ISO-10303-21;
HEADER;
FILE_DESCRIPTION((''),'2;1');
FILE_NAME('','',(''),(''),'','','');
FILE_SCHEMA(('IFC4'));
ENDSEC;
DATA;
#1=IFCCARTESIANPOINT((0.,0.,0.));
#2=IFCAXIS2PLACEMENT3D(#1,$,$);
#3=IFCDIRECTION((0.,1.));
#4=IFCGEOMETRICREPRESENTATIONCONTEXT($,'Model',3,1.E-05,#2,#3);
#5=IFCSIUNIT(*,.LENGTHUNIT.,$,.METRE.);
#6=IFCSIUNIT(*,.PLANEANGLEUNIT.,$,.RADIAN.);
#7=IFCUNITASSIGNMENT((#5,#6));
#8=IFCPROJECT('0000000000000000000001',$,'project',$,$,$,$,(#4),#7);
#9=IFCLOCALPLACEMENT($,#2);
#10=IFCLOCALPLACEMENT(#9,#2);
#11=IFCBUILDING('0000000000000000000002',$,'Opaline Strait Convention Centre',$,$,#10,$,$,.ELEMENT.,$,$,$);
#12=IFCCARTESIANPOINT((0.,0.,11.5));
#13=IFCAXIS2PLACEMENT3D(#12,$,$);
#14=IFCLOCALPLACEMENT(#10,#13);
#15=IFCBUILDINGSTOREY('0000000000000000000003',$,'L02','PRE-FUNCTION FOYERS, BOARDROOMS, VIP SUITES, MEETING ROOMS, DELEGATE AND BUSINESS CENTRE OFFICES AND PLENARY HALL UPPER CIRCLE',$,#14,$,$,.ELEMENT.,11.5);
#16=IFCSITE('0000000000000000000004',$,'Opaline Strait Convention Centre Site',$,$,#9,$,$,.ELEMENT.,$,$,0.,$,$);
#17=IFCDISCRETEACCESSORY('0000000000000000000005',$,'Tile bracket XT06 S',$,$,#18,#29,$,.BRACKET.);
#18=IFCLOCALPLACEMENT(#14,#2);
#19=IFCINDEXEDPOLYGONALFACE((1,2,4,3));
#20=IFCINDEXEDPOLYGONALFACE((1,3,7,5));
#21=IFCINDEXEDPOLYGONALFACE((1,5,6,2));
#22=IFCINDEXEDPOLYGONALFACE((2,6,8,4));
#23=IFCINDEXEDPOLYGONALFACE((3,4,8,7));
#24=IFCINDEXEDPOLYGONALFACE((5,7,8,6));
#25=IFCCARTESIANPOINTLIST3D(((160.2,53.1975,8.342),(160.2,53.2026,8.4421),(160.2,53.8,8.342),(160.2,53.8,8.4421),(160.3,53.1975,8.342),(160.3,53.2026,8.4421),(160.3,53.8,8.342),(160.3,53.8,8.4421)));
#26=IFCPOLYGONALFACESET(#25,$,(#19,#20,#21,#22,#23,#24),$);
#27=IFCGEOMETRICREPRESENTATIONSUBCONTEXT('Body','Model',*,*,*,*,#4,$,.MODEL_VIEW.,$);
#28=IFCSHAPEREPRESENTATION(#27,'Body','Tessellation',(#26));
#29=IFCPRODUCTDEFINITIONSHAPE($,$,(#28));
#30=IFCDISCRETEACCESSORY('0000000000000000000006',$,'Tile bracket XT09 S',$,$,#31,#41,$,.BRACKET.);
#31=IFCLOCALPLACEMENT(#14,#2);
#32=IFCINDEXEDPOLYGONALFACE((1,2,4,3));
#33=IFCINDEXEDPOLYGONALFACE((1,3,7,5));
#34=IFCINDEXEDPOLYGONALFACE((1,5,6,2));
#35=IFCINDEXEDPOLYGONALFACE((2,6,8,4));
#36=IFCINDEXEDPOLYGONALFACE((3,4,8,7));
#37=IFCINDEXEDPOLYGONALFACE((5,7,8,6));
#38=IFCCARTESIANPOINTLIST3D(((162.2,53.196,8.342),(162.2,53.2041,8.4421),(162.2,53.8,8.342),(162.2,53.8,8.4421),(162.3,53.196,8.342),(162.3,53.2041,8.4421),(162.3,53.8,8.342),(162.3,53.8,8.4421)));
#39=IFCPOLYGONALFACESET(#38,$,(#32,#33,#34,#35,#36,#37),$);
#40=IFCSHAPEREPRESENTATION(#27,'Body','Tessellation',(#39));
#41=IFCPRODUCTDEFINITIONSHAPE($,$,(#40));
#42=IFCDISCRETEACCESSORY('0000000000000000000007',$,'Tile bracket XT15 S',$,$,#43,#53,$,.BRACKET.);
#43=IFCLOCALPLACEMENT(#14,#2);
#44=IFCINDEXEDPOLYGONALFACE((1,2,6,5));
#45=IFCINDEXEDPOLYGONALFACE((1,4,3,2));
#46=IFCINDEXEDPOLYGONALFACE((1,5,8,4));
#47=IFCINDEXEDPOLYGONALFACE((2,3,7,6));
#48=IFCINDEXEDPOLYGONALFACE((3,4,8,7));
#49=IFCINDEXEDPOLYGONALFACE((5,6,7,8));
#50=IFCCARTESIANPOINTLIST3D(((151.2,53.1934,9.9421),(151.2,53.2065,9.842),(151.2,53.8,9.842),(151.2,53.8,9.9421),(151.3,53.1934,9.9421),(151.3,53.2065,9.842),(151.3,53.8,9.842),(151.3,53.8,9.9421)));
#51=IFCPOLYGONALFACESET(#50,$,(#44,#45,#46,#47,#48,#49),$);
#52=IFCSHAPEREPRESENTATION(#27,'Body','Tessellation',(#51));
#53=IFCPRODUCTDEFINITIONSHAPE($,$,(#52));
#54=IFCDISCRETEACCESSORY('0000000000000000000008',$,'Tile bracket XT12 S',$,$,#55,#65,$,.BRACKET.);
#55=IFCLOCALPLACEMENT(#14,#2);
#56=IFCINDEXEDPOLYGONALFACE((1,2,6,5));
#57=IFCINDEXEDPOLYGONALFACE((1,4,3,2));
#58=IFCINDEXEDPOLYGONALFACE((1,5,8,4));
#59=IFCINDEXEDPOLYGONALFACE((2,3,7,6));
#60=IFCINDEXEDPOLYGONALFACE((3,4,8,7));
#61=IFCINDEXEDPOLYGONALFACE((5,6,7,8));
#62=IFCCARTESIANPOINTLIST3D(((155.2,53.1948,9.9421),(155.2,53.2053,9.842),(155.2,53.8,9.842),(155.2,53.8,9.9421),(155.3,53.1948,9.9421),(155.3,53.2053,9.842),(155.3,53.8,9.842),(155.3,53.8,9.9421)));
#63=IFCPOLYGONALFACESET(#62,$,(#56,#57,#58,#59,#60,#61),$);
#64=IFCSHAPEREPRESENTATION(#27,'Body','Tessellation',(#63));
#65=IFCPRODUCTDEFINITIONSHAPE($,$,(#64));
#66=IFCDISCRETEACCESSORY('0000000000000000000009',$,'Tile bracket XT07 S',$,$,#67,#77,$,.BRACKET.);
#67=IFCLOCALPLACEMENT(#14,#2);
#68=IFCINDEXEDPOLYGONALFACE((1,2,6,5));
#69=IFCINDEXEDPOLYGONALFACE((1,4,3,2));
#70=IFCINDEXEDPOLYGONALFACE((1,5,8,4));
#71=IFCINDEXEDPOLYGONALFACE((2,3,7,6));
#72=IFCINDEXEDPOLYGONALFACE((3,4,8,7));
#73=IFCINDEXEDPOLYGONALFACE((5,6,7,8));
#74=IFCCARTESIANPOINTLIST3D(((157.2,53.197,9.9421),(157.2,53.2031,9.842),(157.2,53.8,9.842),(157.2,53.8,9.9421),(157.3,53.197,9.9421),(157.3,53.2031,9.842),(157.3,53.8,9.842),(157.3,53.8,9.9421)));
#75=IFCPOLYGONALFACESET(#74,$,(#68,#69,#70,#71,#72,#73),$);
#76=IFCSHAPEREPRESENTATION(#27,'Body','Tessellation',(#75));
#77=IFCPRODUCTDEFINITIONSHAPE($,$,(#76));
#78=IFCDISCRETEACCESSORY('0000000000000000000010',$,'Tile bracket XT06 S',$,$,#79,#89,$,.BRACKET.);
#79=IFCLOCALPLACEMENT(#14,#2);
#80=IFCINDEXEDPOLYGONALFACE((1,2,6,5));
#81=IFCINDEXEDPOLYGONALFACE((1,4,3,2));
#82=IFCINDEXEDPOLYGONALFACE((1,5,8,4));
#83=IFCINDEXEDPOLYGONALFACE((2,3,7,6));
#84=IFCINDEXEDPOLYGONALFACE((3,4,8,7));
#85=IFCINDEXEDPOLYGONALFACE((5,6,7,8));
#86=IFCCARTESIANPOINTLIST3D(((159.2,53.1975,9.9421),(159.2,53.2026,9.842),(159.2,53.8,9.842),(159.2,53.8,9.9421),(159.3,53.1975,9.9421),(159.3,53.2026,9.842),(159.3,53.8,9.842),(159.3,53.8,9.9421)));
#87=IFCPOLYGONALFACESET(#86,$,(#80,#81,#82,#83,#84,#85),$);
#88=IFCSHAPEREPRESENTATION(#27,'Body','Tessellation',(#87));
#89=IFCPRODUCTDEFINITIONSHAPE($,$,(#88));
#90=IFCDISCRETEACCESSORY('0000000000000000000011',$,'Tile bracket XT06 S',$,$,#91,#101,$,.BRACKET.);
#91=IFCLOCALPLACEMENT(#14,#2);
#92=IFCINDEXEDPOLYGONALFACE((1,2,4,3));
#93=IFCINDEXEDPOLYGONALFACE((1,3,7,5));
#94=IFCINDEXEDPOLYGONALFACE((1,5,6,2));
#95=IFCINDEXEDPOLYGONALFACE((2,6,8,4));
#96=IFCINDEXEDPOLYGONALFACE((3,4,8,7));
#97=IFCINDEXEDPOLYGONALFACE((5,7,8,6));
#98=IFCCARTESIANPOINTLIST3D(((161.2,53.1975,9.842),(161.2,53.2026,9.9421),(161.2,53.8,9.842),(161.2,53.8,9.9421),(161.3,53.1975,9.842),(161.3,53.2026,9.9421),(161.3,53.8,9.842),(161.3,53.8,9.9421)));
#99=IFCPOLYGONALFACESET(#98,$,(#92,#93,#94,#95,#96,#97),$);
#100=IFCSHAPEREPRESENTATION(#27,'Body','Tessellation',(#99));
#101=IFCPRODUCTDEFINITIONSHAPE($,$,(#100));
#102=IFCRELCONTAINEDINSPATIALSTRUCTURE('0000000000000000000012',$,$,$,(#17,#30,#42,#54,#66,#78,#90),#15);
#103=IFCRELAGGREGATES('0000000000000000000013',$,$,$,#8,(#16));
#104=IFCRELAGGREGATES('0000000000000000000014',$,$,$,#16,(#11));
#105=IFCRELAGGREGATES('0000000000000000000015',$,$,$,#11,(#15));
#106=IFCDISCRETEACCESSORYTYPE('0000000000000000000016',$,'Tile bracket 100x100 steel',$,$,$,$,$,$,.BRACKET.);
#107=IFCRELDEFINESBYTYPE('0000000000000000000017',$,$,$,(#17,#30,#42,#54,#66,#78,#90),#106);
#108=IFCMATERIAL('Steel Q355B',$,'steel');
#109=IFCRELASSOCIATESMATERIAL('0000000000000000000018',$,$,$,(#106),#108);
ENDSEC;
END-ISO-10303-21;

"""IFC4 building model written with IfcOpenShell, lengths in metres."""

from ifc_helpers import new_model, si_unit, direction, frame, origin, place, context, subcontext, project, spatial, polyline, outline, extrude, material, type_object, element, save


model = new_model("IFC4")

# Units and contexts
model_context = context("Model", 3, precision=1e-05, world=origin(), true_north=direction((0.0, 1.0)))
body_context = subcontext(model_context, "Body", "Model", "MODEL_VIEW")
ifc_project = project(units=[si_unit("LENGTHUNIT", "METRE"), si_unit("PLANEANGLEUNIT", "RADIAN")], contexts=[model_context])

# Site, building, storey
site_placement = place(None, origin())
site = spatial("IfcSite", under=ifc_project, at=site_placement, Name="Opaline Strait Convention Centre Site", CompositionType="ELEMENT", RefElevation=0.0)
building_placement = place(site_placement, origin())
building = spatial("IfcBuilding", under=site, at=building_placement, Name="Opaline Strait Convention Centre", CompositionType="ELEMENT")
storey_placement = place(building_placement, frame((0.0, 0.0, 11.5)))
storey = spatial("IfcBuildingStorey", under=building, at=storey_placement, Name="L02", Description="PRE-FUNCTION FOYERS, BOARDROOMS, VIP SUITES, MEETING ROOMS, DELEGATE AND BUSINESS CENTRE OFFICES AND PLENARY HALL UPPER CIRCLE", CompositionType="ELEMENT", Elevation=11.5)

# Shared definitions
ifc_material_1 = material(Name="Steel Q355B", Category="steel")

# Discrete accessories
discrete_accessory_type = type_object("IfcDiscreteAccessoryType", Name="Tile bracket 100x100 steel", PredefinedType="BRACKET", material=ifc_material_1)
discrete_accessory_1_placement = place(storey_placement, frame((160.2, 53.8, 8.3921), z_axis=(1.0, 0.0, 0.0), x_axis=(0.0, 1.0, 0.0)))
element("IfcDiscreteAccessory", 1, at=discrete_accessory_1_placement, inside=storey, type_object=discrete_accessory_type, Name="Tile bracket XT06 S", PredefinedType="BRACKET", context=body_context, shape_type="SweptSolid", body=[
    extrude(outline(polyline([(0.0, -0.05), (0.0, 0.05), (-0.5974, 0.05), (-0.6025, -0.05), (0.0, -0.05)])), origin(), (0.0, 0.0, 1.0), 0.1001),
])
discrete_accessory_2_placement = place(storey_placement, frame((162.2, 53.8, 8.3921), z_axis=(1.0, 0.0, 0.0), x_axis=(0.0, 1.0, 0.0)))
element("IfcDiscreteAccessory", 2, at=discrete_accessory_2_placement, inside=storey, type_object=discrete_accessory_type, Name="Tile bracket XT09 S", PredefinedType="BRACKET", context=body_context, shape_type="SweptSolid", body=[
    extrude(outline(polyline([(0.0, -0.05), (0.0, 0.05), (-0.5959, 0.05), (-0.604, -0.05), (0.0, -0.05)])), origin(), (0.0, 0.0, 1.0), 0.1001),
])
discrete_accessory_3_placement = place(storey_placement, frame((151.2, 53.8, 9.8921), z_axis=(1.0, 0.0, 0.0), x_axis=(0.0, 1.0, 0.0)))
element("IfcDiscreteAccessory", 3, at=discrete_accessory_3_placement, inside=storey, type_object=discrete_accessory_type, Name="Tile bracket XT15 S", PredefinedType="BRACKET", context=body_context, shape_type="SweptSolid", body=[
    extrude(outline(polyline([(0.0, -0.05), (0.0, 0.05), (-0.6067, 0.05), (-0.5935, -0.05), (0.0, -0.05)])), origin(), (0.0, 0.0, 1.0), 0.1001),
])
discrete_accessory_4_placement = place(storey_placement, frame((155.2, 53.8, 9.8921), z_axis=(1.0, 0.0, 0.0), x_axis=(0.0, 1.0, 0.0)))
element("IfcDiscreteAccessory", 4, at=discrete_accessory_4_placement, inside=storey, type_object=discrete_accessory_type, Name="Tile bracket XT12 S", PredefinedType="BRACKET", context=body_context, shape_type="SweptSolid", body=[
    extrude(outline(polyline([(0.0, -0.05), (0.0, 0.05), (-0.6052, 0.05), (-0.5947, -0.05), (0.0, -0.05)])), origin(), (0.0, 0.0, 1.0), 0.1001),
])
discrete_accessory_5_placement = place(storey_placement, frame((157.2, 53.8, 9.8921), z_axis=(1.0, 0.0, 0.0), x_axis=(0.0, 1.0, 0.0)))
element("IfcDiscreteAccessory", 5, at=discrete_accessory_5_placement, inside=storey, type_object=discrete_accessory_type, Name="Tile bracket XT07 S", PredefinedType="BRACKET", context=body_context, shape_type="SweptSolid", body=[
    extrude(outline(polyline([(0.0, -0.05), (0.0, 0.05), (-0.603, 0.05), (-0.5969, -0.05), (0.0, -0.05)])), origin(), (0.0, 0.0, 1.0), 0.1001),
])
discrete_accessory_6_placement = place(storey_placement, frame((159.2, 53.8, 9.8921), z_axis=(1.0, 0.0, 0.0), x_axis=(0.0, 1.0, 0.0)))
element("IfcDiscreteAccessory", 6, at=discrete_accessory_6_placement, inside=storey, type_object=discrete_accessory_type, Name="Tile bracket XT06 S", PredefinedType="BRACKET", context=body_context, shape_type="SweptSolid", body=[
    extrude(outline(polyline([(0.0, -0.05), (0.0, 0.05), (-0.6025, 0.05), (-0.5974, -0.05), (0.0, -0.05)])), origin(), (0.0, 0.0, 1.0), 0.1001),
])
discrete_accessory_7_placement = place(storey_placement, frame((161.2, 53.8, 9.8921), z_axis=(1.0, 0.0, 0.0), x_axis=(0.0, 1.0, 0.0)))
element("IfcDiscreteAccessory", 7, at=discrete_accessory_7_placement, inside=storey, type_object=discrete_accessory_type, Name="Tile bracket XT06 S", PredefinedType="BRACKET", context=body_context, shape_type="SweptSolid", body=[
    extrude(outline(polyline([(0.0, -0.05), (0.0, 0.05), (-0.5974, 0.05), (-0.6025, -0.05), (0.0, -0.05)])), origin(), (0.0, 0.0, 1.0), 0.1001),
])

save(model, "model.ifc")
